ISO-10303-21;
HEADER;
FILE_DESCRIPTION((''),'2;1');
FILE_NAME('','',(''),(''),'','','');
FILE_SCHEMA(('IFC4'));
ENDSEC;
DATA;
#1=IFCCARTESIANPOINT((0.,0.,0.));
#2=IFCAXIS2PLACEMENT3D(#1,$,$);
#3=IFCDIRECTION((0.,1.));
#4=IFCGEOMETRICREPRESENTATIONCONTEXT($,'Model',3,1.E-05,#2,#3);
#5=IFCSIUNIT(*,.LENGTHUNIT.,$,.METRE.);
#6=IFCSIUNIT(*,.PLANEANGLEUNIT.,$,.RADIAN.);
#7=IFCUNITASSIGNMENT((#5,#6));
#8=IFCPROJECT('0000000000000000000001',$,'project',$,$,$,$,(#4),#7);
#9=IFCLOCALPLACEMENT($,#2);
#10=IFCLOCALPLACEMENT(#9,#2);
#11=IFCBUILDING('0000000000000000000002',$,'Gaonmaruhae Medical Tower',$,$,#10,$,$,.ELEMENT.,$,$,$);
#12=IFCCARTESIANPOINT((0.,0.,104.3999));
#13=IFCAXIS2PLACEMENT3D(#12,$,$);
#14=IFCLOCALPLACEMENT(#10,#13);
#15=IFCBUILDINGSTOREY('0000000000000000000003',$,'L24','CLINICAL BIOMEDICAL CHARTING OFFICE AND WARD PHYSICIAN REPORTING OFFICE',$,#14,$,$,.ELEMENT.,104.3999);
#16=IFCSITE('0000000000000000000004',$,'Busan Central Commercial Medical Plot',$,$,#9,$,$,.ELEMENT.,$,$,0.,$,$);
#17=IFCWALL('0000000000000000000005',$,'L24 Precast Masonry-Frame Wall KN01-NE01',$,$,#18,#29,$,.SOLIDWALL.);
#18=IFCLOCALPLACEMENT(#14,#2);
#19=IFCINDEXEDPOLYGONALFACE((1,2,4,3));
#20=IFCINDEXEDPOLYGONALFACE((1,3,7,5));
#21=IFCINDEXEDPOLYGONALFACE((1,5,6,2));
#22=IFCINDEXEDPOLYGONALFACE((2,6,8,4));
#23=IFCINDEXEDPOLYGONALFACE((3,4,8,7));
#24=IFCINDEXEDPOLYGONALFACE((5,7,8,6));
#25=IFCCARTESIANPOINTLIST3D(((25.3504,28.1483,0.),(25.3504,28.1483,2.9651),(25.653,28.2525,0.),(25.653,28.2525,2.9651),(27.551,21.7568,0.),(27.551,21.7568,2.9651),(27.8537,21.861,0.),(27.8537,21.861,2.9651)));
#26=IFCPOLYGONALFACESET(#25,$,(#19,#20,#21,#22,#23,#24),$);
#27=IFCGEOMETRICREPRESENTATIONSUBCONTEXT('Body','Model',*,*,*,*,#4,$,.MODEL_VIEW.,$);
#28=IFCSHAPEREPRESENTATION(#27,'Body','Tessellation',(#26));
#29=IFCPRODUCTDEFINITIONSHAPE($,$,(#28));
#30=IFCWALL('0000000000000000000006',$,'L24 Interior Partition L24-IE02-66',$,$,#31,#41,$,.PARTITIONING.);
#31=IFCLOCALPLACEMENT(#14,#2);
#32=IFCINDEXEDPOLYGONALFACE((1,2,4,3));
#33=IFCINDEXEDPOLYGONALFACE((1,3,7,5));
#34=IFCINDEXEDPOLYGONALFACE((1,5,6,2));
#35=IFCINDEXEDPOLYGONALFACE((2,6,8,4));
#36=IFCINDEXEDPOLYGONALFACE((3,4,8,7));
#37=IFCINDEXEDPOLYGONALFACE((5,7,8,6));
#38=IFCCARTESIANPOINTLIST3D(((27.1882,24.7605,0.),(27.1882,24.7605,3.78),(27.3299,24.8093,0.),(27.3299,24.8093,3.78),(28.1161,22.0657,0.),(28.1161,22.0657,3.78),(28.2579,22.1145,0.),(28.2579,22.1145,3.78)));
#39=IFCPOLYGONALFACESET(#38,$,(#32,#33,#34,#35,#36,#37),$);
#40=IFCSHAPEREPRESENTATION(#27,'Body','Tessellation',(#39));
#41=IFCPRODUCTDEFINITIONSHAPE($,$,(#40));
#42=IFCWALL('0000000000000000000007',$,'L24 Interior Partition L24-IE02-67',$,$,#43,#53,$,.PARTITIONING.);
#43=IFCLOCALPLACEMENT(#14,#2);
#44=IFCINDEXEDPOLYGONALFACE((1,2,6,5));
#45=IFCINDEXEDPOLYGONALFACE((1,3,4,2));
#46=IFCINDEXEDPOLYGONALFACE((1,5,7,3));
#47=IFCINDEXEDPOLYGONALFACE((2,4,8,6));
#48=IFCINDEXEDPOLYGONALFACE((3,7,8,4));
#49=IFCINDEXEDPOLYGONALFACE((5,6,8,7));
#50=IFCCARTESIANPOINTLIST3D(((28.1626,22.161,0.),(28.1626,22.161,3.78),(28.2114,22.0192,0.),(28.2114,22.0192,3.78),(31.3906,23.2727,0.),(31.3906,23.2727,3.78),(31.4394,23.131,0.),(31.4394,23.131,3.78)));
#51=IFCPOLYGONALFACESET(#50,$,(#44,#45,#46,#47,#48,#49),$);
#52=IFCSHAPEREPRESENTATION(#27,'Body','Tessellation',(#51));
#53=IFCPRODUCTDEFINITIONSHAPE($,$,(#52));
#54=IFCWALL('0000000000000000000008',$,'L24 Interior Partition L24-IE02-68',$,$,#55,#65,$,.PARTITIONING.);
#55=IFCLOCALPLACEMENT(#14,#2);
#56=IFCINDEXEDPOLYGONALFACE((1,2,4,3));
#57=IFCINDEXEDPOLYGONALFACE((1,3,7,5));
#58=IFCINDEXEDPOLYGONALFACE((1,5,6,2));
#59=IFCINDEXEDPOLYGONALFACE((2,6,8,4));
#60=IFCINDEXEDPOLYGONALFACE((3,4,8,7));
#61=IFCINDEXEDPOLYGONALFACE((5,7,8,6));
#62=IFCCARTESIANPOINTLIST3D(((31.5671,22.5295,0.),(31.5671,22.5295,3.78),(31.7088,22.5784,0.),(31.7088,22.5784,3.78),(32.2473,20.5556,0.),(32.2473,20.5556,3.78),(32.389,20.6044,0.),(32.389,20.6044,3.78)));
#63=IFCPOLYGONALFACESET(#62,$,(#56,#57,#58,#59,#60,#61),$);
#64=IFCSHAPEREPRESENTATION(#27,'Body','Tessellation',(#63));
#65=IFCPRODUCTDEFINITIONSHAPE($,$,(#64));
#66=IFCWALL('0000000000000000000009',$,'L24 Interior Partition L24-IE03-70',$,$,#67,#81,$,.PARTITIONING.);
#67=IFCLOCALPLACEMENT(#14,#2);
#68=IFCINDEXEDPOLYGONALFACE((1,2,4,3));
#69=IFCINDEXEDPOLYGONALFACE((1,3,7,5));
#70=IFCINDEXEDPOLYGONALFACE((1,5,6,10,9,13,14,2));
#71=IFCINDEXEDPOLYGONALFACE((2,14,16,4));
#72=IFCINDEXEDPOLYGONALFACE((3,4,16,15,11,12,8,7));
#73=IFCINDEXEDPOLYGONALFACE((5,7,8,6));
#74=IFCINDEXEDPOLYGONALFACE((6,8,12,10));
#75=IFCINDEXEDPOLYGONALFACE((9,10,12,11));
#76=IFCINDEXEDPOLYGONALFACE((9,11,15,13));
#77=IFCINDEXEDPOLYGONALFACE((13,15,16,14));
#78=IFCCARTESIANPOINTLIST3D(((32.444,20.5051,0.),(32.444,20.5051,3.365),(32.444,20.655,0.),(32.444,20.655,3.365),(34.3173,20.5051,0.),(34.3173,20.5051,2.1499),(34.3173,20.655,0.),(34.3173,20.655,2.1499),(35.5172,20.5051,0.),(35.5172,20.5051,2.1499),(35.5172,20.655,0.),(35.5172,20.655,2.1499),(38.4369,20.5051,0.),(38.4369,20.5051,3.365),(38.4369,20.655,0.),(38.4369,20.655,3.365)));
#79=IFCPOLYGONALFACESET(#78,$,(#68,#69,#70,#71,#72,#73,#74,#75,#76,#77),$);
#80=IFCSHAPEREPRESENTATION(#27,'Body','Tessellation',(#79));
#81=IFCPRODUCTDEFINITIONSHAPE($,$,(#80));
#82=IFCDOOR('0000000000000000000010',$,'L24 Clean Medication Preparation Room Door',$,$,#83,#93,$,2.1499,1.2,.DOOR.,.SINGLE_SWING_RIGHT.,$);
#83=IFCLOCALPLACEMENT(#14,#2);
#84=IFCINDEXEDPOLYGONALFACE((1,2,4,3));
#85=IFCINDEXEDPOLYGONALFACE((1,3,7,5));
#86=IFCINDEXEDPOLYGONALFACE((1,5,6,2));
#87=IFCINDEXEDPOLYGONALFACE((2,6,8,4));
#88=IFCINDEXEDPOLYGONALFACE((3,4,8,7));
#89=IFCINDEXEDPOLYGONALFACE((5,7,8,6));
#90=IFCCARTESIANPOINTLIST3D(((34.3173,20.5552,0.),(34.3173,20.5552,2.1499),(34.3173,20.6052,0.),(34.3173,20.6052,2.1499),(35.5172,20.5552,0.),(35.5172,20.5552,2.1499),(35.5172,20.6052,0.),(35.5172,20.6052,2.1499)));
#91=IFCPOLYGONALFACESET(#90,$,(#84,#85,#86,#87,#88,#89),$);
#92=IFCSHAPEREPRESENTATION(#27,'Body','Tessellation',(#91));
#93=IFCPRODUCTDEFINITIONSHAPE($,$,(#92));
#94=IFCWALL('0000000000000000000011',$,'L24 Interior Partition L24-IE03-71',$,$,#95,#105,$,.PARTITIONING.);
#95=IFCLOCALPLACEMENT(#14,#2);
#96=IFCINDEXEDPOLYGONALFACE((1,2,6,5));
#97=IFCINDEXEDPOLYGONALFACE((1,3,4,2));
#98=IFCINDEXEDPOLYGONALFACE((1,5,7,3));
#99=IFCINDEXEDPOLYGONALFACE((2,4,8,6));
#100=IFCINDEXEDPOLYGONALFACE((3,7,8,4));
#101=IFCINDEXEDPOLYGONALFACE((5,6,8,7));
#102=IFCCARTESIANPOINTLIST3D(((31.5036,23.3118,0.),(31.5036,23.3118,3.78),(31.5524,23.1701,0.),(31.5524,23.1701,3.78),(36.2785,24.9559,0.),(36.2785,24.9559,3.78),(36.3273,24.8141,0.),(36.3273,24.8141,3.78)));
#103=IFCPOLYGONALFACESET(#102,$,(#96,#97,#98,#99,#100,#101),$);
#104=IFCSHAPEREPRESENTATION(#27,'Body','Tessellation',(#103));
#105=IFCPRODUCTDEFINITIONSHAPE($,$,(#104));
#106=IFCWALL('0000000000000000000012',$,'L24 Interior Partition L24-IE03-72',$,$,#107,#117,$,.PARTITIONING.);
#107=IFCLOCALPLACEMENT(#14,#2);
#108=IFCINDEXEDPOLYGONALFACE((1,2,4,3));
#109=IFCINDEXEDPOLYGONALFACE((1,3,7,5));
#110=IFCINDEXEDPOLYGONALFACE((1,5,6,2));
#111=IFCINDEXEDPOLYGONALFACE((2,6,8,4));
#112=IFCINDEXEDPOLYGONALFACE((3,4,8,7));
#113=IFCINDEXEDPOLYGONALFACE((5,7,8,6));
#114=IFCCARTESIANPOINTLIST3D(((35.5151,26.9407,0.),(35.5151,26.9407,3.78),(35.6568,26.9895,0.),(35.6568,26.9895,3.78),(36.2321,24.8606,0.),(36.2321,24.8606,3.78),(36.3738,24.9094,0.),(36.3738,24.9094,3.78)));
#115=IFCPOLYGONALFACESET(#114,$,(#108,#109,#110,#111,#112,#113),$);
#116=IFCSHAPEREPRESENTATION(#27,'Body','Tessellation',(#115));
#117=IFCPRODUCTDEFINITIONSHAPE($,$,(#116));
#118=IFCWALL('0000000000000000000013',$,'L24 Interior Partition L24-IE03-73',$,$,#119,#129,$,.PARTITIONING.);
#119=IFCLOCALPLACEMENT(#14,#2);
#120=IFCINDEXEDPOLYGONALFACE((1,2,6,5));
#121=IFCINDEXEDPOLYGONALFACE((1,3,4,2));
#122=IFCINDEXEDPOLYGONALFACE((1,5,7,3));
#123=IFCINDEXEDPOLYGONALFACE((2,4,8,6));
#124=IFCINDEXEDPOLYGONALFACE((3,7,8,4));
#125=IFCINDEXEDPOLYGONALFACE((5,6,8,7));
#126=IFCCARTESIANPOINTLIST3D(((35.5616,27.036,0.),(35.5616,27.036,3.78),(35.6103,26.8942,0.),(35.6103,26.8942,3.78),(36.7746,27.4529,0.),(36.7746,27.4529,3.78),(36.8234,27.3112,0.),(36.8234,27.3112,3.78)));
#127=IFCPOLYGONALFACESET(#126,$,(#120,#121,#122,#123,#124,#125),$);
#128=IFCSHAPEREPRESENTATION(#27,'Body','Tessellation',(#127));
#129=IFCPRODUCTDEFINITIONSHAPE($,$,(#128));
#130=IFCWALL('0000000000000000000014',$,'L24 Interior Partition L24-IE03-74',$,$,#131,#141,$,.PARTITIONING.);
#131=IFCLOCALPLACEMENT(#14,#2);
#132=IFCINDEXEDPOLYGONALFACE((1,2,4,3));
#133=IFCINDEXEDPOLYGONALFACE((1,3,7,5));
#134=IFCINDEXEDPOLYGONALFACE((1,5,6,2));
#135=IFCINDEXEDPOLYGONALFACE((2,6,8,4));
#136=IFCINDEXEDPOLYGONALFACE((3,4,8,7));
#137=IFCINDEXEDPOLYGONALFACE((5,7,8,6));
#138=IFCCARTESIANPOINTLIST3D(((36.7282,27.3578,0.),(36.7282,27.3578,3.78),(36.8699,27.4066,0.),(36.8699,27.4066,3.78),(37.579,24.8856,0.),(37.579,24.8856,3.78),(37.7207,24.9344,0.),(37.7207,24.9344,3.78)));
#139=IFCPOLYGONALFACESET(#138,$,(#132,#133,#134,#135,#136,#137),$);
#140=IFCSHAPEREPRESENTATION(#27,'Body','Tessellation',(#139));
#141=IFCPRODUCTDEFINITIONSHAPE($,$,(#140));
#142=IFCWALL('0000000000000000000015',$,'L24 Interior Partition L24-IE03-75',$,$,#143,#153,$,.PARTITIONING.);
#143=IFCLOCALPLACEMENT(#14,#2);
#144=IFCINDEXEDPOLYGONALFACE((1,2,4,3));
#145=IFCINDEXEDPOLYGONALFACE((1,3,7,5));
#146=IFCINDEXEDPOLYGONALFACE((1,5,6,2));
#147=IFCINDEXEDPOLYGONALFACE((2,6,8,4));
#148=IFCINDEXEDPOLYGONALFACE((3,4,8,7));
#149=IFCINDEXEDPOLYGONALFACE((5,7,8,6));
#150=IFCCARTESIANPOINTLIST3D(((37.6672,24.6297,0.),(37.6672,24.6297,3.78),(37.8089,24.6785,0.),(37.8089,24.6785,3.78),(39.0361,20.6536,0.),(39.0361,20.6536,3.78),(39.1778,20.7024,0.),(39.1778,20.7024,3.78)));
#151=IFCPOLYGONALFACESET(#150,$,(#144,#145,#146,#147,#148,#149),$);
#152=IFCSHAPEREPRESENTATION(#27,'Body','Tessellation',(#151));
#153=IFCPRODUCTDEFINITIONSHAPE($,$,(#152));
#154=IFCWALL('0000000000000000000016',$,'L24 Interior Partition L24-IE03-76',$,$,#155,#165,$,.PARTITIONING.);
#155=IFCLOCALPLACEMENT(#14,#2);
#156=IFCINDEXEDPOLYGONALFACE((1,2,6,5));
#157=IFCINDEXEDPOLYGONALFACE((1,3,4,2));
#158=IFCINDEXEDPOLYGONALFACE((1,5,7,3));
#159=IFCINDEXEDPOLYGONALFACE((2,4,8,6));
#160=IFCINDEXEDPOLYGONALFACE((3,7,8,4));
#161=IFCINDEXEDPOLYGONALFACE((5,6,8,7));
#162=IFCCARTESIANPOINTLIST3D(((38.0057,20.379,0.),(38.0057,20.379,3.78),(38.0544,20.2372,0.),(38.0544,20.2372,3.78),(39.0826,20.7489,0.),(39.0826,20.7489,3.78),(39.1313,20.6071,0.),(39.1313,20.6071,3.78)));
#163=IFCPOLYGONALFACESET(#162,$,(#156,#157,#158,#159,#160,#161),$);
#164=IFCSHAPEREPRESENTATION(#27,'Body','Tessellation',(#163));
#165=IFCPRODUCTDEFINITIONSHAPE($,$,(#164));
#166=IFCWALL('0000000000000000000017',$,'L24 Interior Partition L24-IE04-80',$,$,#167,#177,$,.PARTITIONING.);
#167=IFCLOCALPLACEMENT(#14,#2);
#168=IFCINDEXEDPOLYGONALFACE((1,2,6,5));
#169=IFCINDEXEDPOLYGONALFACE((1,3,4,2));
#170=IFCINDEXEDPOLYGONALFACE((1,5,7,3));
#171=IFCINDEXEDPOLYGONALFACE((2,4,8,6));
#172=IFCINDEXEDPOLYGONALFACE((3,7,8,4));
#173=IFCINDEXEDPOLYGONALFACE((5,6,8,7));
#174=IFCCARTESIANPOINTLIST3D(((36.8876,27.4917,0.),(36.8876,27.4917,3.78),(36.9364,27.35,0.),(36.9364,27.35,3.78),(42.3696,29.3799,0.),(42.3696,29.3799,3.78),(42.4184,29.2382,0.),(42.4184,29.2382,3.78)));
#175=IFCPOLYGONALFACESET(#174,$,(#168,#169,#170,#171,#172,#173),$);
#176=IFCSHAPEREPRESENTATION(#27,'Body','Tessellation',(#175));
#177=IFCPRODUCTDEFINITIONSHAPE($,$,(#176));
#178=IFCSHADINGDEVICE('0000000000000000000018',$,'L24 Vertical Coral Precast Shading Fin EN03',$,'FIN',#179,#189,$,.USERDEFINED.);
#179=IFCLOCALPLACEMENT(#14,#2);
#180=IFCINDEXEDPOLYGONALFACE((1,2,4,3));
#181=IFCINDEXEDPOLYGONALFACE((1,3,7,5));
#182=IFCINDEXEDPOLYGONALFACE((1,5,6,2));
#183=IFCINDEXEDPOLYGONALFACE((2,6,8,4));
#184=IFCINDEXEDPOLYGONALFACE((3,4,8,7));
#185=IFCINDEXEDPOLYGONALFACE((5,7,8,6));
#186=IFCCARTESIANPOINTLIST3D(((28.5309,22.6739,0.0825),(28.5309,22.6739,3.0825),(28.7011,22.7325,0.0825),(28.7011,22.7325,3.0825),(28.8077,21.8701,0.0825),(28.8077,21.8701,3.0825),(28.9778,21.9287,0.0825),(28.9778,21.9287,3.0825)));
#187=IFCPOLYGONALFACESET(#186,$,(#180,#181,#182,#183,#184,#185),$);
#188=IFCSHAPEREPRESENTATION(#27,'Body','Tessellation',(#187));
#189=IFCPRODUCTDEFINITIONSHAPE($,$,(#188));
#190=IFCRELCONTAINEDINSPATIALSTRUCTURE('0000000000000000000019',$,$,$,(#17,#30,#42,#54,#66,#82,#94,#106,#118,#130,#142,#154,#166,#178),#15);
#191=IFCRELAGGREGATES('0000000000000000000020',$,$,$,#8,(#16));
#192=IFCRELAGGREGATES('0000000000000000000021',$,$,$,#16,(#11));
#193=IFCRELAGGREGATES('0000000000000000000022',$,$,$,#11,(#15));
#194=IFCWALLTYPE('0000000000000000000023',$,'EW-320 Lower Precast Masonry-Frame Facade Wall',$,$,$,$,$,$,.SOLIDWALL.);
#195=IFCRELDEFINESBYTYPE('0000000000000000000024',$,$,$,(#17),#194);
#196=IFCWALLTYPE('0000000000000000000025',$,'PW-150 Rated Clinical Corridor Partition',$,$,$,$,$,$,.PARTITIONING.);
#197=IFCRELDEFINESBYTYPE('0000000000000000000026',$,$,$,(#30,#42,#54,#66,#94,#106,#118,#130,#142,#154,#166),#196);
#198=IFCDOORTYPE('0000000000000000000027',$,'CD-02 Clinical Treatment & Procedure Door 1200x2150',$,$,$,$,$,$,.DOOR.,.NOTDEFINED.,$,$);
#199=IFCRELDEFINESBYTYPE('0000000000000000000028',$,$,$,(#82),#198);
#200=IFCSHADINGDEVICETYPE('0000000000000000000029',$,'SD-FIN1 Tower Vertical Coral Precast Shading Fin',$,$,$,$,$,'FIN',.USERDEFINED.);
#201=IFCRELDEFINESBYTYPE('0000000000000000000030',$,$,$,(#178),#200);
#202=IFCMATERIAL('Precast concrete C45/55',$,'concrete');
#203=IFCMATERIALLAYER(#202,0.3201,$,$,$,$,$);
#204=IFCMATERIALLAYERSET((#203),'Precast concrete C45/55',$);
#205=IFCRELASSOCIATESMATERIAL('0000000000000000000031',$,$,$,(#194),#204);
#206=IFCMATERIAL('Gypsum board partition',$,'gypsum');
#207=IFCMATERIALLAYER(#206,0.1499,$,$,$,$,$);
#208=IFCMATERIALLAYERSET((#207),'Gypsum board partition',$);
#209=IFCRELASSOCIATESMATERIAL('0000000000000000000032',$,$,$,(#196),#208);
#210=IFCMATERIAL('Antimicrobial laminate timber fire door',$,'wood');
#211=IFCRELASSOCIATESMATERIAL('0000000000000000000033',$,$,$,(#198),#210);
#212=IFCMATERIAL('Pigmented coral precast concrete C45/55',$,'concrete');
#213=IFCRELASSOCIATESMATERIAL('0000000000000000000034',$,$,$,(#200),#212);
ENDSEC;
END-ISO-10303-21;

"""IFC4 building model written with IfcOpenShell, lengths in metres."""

from ifc_helpers import new_model, si_unit, direction, frame, frame_2d, origin, origin_2d, place, context, subcontext, project, spatial, rectangle, extrude, material, layer, layer_set, type_object, element, fill, save


model = new_model("IFC4")

# Units and contexts
model_context = context("Model", 3, precision=1e-05, world=origin(), true_north=direction((0.0, 1.0)))
body_context = subcontext(model_context, "Body", "Model", "MODEL_VIEW")
ifc_project = project(units=[si_unit("LENGTHUNIT", "METRE"), si_unit("PLANEANGLEUNIT", "RADIAN")], contexts=[model_context])

# Site, building, storey
site_placement = place(None, origin())
site = spatial("IfcSite", under=ifc_project, at=site_placement, Name="Busan Central Commercial Medical Plot", CompositionType="ELEMENT", RefElevation=0.0)
building_placement = place(site_placement, origin())
building = spatial("IfcBuilding", under=site, at=building_placement, Name="Gaonmaruhae Medical Tower", CompositionType="ELEMENT")
storey_placement = place(building_placement, frame((0.0, 0.0, 104.3999)))
storey = spatial("IfcBuildingStorey", under=building, at=storey_placement, Name="L24", Description="CLINICAL BIOMEDICAL CHARTING OFFICE AND WARD PHYSICIAN REPORTING OFFICE", CompositionType="ELEMENT", Elevation=104.3999)

# Shared definitions
ifc_material_1 = material(Name="Precast concrete C45/55", Category="concrete")
ifc_layer_1 = layer(ifc_material_1, 0.3201)
ifc_layer_set_1 = layer_set([ifc_layer_1], Name="Precast concrete C45/55")
wall_type_1 = type_object("IfcWallType", Name="EW-320 Lower Precast Masonry-Frame Facade Wall", PredefinedType="SOLIDWALL", material=ifc_layer_set_1)

# Walls
wall_1_placement = place(storey_placement, frame((25.5017, 28.2004, 0.0), z_axis=(0.0, 0.0, 1.0), x_axis=(0.325552, -0.945524, 0.0)))
element("IfcWall", 1, at=wall_1_placement, inside=storey, type_object=wall_type_1, Name="L24 Precast Masonry-Frame Wall KN01-NE01", PredefinedType="SOLIDWALL", context=body_context, shape_type="SweptSolid", body=[
    extrude(rectangle(XDim=6.7598, YDim=0.3201, at=frame_2d((3.3799, 0.0))), origin(), (0.0, 0.0, 1.0), 2.9651),
])
ifc_material_2 = material(Name="Gypsum board partition", Category="gypsum")
ifc_layer_2 = layer(ifc_material_2, 0.1499)
ifc_layer_set_2 = layer_set([ifc_layer_2], Name="Gypsum board partition")
wall_type_2 = type_object("IfcWallType", Name="PW-150 Rated Clinical Corridor Partition", PredefinedType="PARTITIONING", material=ifc_layer_set_2)
wall_2_placement = place(storey_placement, frame((27.259, 24.7849, 0.0), z_axis=(0.0, 0.0, 1.0), x_axis=(0.325592, -0.94551, 0.0)))
element("IfcWall", 2, at=wall_2_placement, inside=storey, type_object=wall_type_2, Name="L24 Interior Partition L24-IE02-66", PredefinedType="PARTITIONING", context=body_context, shape_type="SweptSolid", body=[
    extrude(rectangle(XDim=2.8501, YDim=0.1499, at=frame_2d((1.425, 0.0))), origin(), (0.0, 0.0, 1.0), 3.78),
])
wall_3_placement = place(storey_placement, frame((28.187, 22.0901, 0.0), z_axis=(0.0, 0.0, 1.0), x_axis=(0.94549, 0.325651, 0.0)))
element("IfcWall", 3, at=wall_3_placement, inside=storey, type_object=wall_type_2, Name="L24 Interior Partition L24-IE02-67", PredefinedType="PARTITIONING", context=body_context, shape_type="SweptSolid", body=[
    extrude(rectangle(XDim=3.4141, YDim=0.1499, at=frame_2d((1.707, 0.0))), origin(), (0.0, 0.0, 1.0), 3.78),
])
wall_4_placement = place(storey_placement, frame((31.6379, 22.554, 0.0), z_axis=(0.0, 0.0, 1.0), x_axis=(0.325789, -0.945443, 0.0)))
element("IfcWall", 4, at=wall_4_placement, inside=storey, type_object=wall_type_2, Name="L24 Interior Partition L24-IE02-68", PredefinedType="PARTITIONING", context=body_context, shape_type="SweptSolid", body=[
    extrude(rectangle(XDim=2.0879, YDim=0.1499, at=frame_2d((1.0439, 0.0))), origin(), (0.0, 0.0, 1.0), 3.78),
])

# Wall, opening, door
wall_5_placement = place(storey_placement, frame((38.437, 20.5801, 0.0), z_axis=(0.0, 0.0, 1.0), x_axis=(-1.0, 0.0, 0.0)))
wall_5 = element("IfcWall", 5, at=wall_5_placement, inside=storey, type_object=wall_type_2, Name="L24 Interior Partition L24-IE03-70", PredefinedType="PARTITIONING", context=body_context, shape_type="SweptSolid", body=[
    extrude(rectangle(XDim=5.9929, YDim=0.1499, at=frame_2d((2.9966, 0.0))), origin(), (0.0, 0.0, 1.0), 3.365),
])
opening_1_placement = place(wall_5_placement, frame((2.9197, 0.0, 0.0)))
opening_1 = element("IfcOpeningElement", 6, at=opening_1_placement, cuts=wall_5, PredefinedType="OPENING", context=body_context, shape_type="SweptSolid", body=[
    extrude(rectangle(XDim=1.2, YDim=2.1499, at=frame_2d((0.6001, 1.075))), frame((0.0, 0.085, 0.0), z_axis=(0.0, -1.0, 0.0), x_axis=(1.0, 0.0, 0.0)), (0.0, 0.0, 1.0), 0.1699),
])
ifc_material_3 = material(Name="Antimicrobial laminate timber fire door", Category="wood")
door_type = type_object("IfcDoorType", Name="CD-02 Clinical Treatment & Procedure Door 1200x2150", OperationType="NOTDEFINED", PredefinedType="DOOR", material=ifc_material_3)
door_placement = place(opening_1_placement, origin())
door = element("IfcDoor", 7, at=door_placement, inside=storey, type_object=door_type, Name="L24 Clean Medication Preparation Room Door", OperationType="SINGLE_SWING_RIGHT", OverallHeight=2.1499, OverallWidth=1.2, PredefinedType="DOOR", context=body_context, shape_type="SweptSolid", body=[
    extrude(rectangle(XDim=1.2, YDim=2.1499, at=frame_2d((0.6001, 1.075))), frame((0.0, 0.0249, 0.0), z_axis=(0.0, -1.0, 0.0), x_axis=(1.0, 0.0, 0.0)), (0.0, 0.0, 1.0), 0.05),
])
fill(opening_1, door)

# Walls
wall_6_placement = place(storey_placement, frame((31.5281, 23.241, 0.0), z_axis=(0.0, 0.0, 1.0), x_axis=(0.945524, 0.325553, 0.0)))
element("IfcWall", 8, at=wall_6_placement, inside=storey, type_object=wall_type_2, Name="L24 Interior Partition L24-IE03-71", PredefinedType="PARTITIONING", context=body_context, shape_type="SweptSolid", body=[
    extrude(rectangle(XDim=5.05, YDim=0.1499, at=frame_2d((2.5249, 0.0))), origin(), (0.0, 0.0, 1.0), 3.78),
])
wall_7_placement = place(storey_placement, frame((36.303, 24.885, 0.0), z_axis=(0.0, 0.0, 1.0), x_axis=(-0.325898, 0.945405, 0.0)))
element("IfcWall", 9, at=wall_7_placement, inside=storey, type_object=wall_type_2, Name="L24 Interior Partition L24-IE03-72", PredefinedType="PARTITIONING", context=body_context, shape_type="SweptSolid", body=[
    extrude(rectangle(XDim=2.2002, YDim=0.1499, at=frame_2d((1.1001, 0.0))), origin(), (0.0, 0.0, 1.0), 3.78),
])
wall_8_placement = place(storey_placement, frame((35.5859, 26.9651, 0.0), z_axis=(0.0, 0.0, 1.0), x_axis=(0.945692, 0.325064, 0.0)))
element("IfcWall", 10, at=wall_8_placement, inside=storey, type_object=wall_type_2, Name="L24 Interior Partition L24-IE03-73", PredefinedType="PARTITIONING", context=body_context, shape_type="SweptSolid", body=[
    extrude(rectangle(XDim=1.2827, YDim=0.1499, at=frame_2d((0.6414, 0.0))), origin(), (0.0, 0.0, 1.0), 3.78),
])
wall_9_placement = place(storey_placement, frame((36.7991, 27.3821, 0.0), z_axis=(0.0, 0.0, 1.0), x_axis=(0.325429, -0.945566, 0.0)))
element("IfcWall", 11, at=wall_9_placement, inside=storey, type_object=wall_type_2, Name="L24 Interior Partition L24-IE03-74", PredefinedType="PARTITIONING", context=body_context, shape_type="SweptSolid", body=[
    extrude(rectangle(XDim=2.6145, YDim=0.1499, at=frame_2d((1.3071, 0.0))), origin(), (0.0, 0.0, 1.0), 3.78),
])
wall_10_placement = place(storey_placement, frame((37.738, 24.6541, 0.0), z_axis=(0.0, 0.0, 1.0), x_axis=(0.325531, -0.945531, 0.0)))
element("IfcWall", 12, at=wall_10_placement, inside=storey, type_object=wall_type_2, Name="L24 Interior Partition L24-IE03-75", PredefinedType="PARTITIONING", context=body_context, shape_type="SweptSolid", body=[
    extrude(rectangle(XDim=4.2051, YDim=0.1499, at=frame_2d((2.1025, 0.0))), origin(), (0.0, 0.0, 1.0), 3.78),
])
wall_11_placement = place(storey_placement, frame((39.1069, 20.678, 0.0), z_axis=(0.0, 0.0, 1.0), x_axis=(-0.945771, -0.324834, 0.0)))
element("IfcWall", 13, at=wall_11_placement, inside=storey, type_object=wall_type_2, Name="L24 Interior Partition L24-IE03-76", PredefinedType="PARTITIONING", context=body_context, shape_type="SweptSolid", body=[
    extrude(rectangle(XDim=1.1387, YDim=0.1499, at=frame_2d((0.5693, 0.0))), origin(), (0.0, 0.0, 1.0), 3.78),
])
wall_12_placement = place(storey_placement, frame((36.9121, 27.4209, 0.0), z_axis=(0.0, 0.0, 1.0), x_axis=(0.945487, 0.325661, 0.0)))
element("IfcWall", 14, at=wall_12_placement, inside=storey, type_object=wall_type_2, Name="L24 Interior Partition L24-IE04-80", PredefinedType="PARTITIONING", context=body_context, shape_type="SweptSolid", body=[
    extrude(rectangle(XDim=5.7981, YDim=0.1499, at=frame_2d((2.8989, 0.0))), origin(), (0.0, 0.0, 1.0), 3.78),
])

# Shading device
ifc_material_4 = material(Name="Pigmented coral precast concrete C45/55", Category="concrete")
shading_device_type = type_object("IfcShadingDeviceType", Name="SD-FIN1 Tower Vertical Coral Precast Shading Fin", ElementType="FIN", PredefinedType="USERDEFINED", material=ifc_material_4)
for number, where, z_axis, x_axis, name in (
    (15, (28.7544, 22.3013, 0.0825), (0.0, 0.0, 1.0), (0.945519, 0.325568, 0.0), "L24 Vertical Coral Precast Shading Fin EN03"),
):
    element("IfcShadingDevice", number, at=place(storey_placement, frame(where, z_axis=z_axis, x_axis=x_axis)), inside=storey, type_object=shading_device_type, Name=name, ObjectType="FIN", PredefinedType="USERDEFINED", context=body_context, shape_type="SweptSolid", body=[
        extrude(rectangle(XDim=0.1799, YDim=0.8501, at=origin_2d()), origin(), (0.0, 0.0, 1.0), 3.0),
    ])

save(model, "model.ifc")
